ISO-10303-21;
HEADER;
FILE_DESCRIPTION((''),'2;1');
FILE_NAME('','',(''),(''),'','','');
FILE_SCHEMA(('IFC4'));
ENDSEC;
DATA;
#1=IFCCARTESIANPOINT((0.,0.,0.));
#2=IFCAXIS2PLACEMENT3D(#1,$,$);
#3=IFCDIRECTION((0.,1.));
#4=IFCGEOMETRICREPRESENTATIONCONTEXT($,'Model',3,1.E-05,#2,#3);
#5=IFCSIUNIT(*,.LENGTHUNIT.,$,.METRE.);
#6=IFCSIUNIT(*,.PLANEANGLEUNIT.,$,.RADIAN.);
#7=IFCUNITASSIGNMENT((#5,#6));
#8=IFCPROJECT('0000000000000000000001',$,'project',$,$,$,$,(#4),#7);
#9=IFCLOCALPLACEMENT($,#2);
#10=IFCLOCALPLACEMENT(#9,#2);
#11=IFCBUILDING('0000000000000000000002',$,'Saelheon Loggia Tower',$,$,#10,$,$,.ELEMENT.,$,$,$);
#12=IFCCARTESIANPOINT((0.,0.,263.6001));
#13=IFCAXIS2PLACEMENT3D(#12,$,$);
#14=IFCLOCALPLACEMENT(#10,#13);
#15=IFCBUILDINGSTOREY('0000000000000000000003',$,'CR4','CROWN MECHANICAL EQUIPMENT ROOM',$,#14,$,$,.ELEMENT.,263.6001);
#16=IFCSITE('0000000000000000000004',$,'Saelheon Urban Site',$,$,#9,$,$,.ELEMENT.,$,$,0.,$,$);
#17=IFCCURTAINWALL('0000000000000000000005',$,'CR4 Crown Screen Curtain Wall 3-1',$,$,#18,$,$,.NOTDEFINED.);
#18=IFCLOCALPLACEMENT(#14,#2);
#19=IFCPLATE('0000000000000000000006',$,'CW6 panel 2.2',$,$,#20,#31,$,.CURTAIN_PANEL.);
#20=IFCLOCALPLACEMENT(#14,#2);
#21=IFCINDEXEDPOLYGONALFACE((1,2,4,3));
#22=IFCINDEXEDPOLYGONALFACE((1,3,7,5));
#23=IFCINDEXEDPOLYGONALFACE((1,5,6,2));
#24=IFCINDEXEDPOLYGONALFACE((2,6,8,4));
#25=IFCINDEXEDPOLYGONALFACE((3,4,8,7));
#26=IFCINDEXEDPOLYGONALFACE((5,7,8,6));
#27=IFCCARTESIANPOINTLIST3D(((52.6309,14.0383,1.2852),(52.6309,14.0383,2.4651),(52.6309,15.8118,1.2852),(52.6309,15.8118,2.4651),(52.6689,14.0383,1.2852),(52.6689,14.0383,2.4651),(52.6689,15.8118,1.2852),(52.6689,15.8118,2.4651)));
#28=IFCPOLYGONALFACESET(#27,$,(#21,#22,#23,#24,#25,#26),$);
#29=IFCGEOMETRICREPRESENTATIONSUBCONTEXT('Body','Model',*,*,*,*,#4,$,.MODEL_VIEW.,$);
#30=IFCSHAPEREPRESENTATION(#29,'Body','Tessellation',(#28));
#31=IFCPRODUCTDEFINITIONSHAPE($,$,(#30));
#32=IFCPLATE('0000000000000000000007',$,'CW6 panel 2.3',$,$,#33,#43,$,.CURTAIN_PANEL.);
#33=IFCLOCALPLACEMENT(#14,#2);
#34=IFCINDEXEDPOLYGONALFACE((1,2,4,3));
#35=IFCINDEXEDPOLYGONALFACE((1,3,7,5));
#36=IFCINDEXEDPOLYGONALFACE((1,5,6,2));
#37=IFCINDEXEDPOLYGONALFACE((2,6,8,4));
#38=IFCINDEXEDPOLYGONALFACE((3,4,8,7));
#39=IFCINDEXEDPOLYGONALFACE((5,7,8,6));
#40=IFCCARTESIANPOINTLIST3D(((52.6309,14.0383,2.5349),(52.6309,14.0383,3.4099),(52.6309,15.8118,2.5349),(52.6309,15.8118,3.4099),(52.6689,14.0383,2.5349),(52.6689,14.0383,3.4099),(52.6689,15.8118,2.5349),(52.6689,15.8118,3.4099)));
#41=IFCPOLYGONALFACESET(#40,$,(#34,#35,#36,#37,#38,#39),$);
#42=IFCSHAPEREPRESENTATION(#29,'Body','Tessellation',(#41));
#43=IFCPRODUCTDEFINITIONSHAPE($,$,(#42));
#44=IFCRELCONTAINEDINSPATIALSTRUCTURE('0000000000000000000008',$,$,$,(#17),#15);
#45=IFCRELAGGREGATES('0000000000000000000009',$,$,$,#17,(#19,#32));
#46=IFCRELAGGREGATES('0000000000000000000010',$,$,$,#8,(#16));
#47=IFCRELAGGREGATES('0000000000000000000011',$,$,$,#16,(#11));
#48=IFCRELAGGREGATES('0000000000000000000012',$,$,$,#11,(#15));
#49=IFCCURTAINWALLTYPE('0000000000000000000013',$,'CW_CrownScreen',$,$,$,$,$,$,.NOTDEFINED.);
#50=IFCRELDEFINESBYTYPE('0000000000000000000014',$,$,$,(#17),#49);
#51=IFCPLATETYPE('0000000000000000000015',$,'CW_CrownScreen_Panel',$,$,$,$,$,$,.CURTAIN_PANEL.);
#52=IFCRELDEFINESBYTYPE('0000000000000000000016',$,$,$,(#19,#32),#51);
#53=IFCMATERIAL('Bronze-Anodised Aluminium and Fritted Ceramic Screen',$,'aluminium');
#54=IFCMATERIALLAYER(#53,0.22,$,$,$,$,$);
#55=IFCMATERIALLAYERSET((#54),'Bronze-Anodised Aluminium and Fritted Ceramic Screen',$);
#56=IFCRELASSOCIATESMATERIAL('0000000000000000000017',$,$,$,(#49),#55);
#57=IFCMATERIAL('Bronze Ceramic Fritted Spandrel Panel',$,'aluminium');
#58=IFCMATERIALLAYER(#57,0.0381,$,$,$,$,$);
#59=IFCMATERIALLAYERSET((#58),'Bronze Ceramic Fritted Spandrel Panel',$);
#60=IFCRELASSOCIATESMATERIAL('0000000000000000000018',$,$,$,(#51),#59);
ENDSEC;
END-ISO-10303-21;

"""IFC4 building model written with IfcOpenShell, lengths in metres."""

from ifc_helpers import new_model, si_unit, direction, frame, origin, origin_2d, place, context, subcontext, project, spatial, rectangle, extrude, source, transform, mapped, material, layer, layer_set, type_object, element, aggregate, save


model = new_model("IFC4")

# Units and contexts
model_context = context("Model", 3, precision=1e-05, world=origin(), true_north=direction((0.0, 1.0)))
body_context = subcontext(model_context, "Body", "Model", "MODEL_VIEW")
ifc_project = project(units=[si_unit("LENGTHUNIT", "METRE"), si_unit("PLANEANGLEUNIT", "RADIAN")], contexts=[model_context])

# Site, building, storey
site_placement = place(None, origin())
site = spatial("IfcSite", under=ifc_project, at=site_placement, Name="Saelheon Urban Site", CompositionType="ELEMENT", RefElevation=0.0)
building_placement = place(site_placement, origin())
building = spatial("IfcBuilding", under=site, at=building_placement, Name="Saelheon Loggia Tower", CompositionType="ELEMENT")
storey_placement = place(building_placement, frame((0.0, 0.0, 263.6001)))
storey = spatial("IfcBuildingStorey", under=building, at=storey_placement, Name="CR4", Description="CROWN MECHANICAL EQUIPMENT ROOM", CompositionType="ELEMENT", Elevation=263.6001)

# Curtain wall, plates
ifc_material_1 = material(Name="Bronze-Anodised Aluminium and Fritted Ceramic Screen", Category="aluminium")
ifc_layer_1 = layer(ifc_material_1, 0.22)
ifc_layer_set_1 = layer_set([ifc_layer_1], Name="Bronze-Anodised Aluminium and Fritted Ceramic Screen")
curtain_wall_type = type_object("IfcCurtainWallType", Name="CW_CrownScreen", PredefinedType="NOTDEFINED", material=ifc_layer_set_1)
curtain_wall_placement = place(storey_placement, origin())
curtain_wall = element("IfcCurtainWall", 1, at=curtain_wall_placement, inside=storey, type_object=curtain_wall_type, Name="CR4 Crown Screen Curtain Wall 3-1", PredefinedType="NOTDEFINED")
ifc_material_2 = material(Name="Bronze Ceramic Fritted Spandrel Panel", Category="aluminium")
ifc_layer_2 = layer(ifc_material_2, 0.0381)
ifc_layer_set_2 = layer_set([ifc_layer_2], Name="Bronze Ceramic Fritted Spandrel Panel")
plate_type = type_object("IfcPlateType", Name="CW_CrownScreen_Panel", PredefinedType="CURTAIN_PANEL", material=ifc_layer_set_2)
shared_shape_1 = source(origin(), body_context, "Body", "SweptSolid", [
    extrude(rectangle(XDim=1.7734, YDim=0.0381, at=origin_2d()), origin(), (0.0, 0.0, 1.0), 1.1799),
])
plate_1_placement = place(storey_placement, frame((52.6499, 14.925, 1.2852), z_axis=(0.0, 0.0, 1.0), x_axis=(0.0, 1.0, 0.0)))
plate_1 = element("IfcPlate", 2, at=plate_1_placement, type_object=plate_type, Name="CW6 panel 2.2", PredefinedType="CURTAIN_PANEL", context=body_context, shape_type="MappedRepresentation", body=[
    mapped(shared_shape_1, transform((0.0, 0.0, 0.0), scale=1.0)),
])
shared_shape_2 = source(origin(), body_context, "Body", "SweptSolid", [
    extrude(rectangle(XDim=1.7734, YDim=0.0381, at=origin_2d()), origin(), (0.0, 0.0, 1.0), 0.875),
])
plate_2_placement = place(storey_placement, frame((52.6499, 14.925, 2.5349), z_axis=(0.0, 0.0, 1.0), x_axis=(0.0, 1.0, 0.0)))
plate_2 = element("IfcPlate", 3, at=plate_2_placement, type_object=plate_type, Name="CW6 panel 2.3", PredefinedType="CURTAIN_PANEL", context=body_context, shape_type="MappedRepresentation", body=[
    mapped(shared_shape_2, transform((0.0, 0.0, 0.0), scale=1.0)),
])
aggregate(curtain_wall, [plate_1, plate_2])

save(model, "model.ifc")
